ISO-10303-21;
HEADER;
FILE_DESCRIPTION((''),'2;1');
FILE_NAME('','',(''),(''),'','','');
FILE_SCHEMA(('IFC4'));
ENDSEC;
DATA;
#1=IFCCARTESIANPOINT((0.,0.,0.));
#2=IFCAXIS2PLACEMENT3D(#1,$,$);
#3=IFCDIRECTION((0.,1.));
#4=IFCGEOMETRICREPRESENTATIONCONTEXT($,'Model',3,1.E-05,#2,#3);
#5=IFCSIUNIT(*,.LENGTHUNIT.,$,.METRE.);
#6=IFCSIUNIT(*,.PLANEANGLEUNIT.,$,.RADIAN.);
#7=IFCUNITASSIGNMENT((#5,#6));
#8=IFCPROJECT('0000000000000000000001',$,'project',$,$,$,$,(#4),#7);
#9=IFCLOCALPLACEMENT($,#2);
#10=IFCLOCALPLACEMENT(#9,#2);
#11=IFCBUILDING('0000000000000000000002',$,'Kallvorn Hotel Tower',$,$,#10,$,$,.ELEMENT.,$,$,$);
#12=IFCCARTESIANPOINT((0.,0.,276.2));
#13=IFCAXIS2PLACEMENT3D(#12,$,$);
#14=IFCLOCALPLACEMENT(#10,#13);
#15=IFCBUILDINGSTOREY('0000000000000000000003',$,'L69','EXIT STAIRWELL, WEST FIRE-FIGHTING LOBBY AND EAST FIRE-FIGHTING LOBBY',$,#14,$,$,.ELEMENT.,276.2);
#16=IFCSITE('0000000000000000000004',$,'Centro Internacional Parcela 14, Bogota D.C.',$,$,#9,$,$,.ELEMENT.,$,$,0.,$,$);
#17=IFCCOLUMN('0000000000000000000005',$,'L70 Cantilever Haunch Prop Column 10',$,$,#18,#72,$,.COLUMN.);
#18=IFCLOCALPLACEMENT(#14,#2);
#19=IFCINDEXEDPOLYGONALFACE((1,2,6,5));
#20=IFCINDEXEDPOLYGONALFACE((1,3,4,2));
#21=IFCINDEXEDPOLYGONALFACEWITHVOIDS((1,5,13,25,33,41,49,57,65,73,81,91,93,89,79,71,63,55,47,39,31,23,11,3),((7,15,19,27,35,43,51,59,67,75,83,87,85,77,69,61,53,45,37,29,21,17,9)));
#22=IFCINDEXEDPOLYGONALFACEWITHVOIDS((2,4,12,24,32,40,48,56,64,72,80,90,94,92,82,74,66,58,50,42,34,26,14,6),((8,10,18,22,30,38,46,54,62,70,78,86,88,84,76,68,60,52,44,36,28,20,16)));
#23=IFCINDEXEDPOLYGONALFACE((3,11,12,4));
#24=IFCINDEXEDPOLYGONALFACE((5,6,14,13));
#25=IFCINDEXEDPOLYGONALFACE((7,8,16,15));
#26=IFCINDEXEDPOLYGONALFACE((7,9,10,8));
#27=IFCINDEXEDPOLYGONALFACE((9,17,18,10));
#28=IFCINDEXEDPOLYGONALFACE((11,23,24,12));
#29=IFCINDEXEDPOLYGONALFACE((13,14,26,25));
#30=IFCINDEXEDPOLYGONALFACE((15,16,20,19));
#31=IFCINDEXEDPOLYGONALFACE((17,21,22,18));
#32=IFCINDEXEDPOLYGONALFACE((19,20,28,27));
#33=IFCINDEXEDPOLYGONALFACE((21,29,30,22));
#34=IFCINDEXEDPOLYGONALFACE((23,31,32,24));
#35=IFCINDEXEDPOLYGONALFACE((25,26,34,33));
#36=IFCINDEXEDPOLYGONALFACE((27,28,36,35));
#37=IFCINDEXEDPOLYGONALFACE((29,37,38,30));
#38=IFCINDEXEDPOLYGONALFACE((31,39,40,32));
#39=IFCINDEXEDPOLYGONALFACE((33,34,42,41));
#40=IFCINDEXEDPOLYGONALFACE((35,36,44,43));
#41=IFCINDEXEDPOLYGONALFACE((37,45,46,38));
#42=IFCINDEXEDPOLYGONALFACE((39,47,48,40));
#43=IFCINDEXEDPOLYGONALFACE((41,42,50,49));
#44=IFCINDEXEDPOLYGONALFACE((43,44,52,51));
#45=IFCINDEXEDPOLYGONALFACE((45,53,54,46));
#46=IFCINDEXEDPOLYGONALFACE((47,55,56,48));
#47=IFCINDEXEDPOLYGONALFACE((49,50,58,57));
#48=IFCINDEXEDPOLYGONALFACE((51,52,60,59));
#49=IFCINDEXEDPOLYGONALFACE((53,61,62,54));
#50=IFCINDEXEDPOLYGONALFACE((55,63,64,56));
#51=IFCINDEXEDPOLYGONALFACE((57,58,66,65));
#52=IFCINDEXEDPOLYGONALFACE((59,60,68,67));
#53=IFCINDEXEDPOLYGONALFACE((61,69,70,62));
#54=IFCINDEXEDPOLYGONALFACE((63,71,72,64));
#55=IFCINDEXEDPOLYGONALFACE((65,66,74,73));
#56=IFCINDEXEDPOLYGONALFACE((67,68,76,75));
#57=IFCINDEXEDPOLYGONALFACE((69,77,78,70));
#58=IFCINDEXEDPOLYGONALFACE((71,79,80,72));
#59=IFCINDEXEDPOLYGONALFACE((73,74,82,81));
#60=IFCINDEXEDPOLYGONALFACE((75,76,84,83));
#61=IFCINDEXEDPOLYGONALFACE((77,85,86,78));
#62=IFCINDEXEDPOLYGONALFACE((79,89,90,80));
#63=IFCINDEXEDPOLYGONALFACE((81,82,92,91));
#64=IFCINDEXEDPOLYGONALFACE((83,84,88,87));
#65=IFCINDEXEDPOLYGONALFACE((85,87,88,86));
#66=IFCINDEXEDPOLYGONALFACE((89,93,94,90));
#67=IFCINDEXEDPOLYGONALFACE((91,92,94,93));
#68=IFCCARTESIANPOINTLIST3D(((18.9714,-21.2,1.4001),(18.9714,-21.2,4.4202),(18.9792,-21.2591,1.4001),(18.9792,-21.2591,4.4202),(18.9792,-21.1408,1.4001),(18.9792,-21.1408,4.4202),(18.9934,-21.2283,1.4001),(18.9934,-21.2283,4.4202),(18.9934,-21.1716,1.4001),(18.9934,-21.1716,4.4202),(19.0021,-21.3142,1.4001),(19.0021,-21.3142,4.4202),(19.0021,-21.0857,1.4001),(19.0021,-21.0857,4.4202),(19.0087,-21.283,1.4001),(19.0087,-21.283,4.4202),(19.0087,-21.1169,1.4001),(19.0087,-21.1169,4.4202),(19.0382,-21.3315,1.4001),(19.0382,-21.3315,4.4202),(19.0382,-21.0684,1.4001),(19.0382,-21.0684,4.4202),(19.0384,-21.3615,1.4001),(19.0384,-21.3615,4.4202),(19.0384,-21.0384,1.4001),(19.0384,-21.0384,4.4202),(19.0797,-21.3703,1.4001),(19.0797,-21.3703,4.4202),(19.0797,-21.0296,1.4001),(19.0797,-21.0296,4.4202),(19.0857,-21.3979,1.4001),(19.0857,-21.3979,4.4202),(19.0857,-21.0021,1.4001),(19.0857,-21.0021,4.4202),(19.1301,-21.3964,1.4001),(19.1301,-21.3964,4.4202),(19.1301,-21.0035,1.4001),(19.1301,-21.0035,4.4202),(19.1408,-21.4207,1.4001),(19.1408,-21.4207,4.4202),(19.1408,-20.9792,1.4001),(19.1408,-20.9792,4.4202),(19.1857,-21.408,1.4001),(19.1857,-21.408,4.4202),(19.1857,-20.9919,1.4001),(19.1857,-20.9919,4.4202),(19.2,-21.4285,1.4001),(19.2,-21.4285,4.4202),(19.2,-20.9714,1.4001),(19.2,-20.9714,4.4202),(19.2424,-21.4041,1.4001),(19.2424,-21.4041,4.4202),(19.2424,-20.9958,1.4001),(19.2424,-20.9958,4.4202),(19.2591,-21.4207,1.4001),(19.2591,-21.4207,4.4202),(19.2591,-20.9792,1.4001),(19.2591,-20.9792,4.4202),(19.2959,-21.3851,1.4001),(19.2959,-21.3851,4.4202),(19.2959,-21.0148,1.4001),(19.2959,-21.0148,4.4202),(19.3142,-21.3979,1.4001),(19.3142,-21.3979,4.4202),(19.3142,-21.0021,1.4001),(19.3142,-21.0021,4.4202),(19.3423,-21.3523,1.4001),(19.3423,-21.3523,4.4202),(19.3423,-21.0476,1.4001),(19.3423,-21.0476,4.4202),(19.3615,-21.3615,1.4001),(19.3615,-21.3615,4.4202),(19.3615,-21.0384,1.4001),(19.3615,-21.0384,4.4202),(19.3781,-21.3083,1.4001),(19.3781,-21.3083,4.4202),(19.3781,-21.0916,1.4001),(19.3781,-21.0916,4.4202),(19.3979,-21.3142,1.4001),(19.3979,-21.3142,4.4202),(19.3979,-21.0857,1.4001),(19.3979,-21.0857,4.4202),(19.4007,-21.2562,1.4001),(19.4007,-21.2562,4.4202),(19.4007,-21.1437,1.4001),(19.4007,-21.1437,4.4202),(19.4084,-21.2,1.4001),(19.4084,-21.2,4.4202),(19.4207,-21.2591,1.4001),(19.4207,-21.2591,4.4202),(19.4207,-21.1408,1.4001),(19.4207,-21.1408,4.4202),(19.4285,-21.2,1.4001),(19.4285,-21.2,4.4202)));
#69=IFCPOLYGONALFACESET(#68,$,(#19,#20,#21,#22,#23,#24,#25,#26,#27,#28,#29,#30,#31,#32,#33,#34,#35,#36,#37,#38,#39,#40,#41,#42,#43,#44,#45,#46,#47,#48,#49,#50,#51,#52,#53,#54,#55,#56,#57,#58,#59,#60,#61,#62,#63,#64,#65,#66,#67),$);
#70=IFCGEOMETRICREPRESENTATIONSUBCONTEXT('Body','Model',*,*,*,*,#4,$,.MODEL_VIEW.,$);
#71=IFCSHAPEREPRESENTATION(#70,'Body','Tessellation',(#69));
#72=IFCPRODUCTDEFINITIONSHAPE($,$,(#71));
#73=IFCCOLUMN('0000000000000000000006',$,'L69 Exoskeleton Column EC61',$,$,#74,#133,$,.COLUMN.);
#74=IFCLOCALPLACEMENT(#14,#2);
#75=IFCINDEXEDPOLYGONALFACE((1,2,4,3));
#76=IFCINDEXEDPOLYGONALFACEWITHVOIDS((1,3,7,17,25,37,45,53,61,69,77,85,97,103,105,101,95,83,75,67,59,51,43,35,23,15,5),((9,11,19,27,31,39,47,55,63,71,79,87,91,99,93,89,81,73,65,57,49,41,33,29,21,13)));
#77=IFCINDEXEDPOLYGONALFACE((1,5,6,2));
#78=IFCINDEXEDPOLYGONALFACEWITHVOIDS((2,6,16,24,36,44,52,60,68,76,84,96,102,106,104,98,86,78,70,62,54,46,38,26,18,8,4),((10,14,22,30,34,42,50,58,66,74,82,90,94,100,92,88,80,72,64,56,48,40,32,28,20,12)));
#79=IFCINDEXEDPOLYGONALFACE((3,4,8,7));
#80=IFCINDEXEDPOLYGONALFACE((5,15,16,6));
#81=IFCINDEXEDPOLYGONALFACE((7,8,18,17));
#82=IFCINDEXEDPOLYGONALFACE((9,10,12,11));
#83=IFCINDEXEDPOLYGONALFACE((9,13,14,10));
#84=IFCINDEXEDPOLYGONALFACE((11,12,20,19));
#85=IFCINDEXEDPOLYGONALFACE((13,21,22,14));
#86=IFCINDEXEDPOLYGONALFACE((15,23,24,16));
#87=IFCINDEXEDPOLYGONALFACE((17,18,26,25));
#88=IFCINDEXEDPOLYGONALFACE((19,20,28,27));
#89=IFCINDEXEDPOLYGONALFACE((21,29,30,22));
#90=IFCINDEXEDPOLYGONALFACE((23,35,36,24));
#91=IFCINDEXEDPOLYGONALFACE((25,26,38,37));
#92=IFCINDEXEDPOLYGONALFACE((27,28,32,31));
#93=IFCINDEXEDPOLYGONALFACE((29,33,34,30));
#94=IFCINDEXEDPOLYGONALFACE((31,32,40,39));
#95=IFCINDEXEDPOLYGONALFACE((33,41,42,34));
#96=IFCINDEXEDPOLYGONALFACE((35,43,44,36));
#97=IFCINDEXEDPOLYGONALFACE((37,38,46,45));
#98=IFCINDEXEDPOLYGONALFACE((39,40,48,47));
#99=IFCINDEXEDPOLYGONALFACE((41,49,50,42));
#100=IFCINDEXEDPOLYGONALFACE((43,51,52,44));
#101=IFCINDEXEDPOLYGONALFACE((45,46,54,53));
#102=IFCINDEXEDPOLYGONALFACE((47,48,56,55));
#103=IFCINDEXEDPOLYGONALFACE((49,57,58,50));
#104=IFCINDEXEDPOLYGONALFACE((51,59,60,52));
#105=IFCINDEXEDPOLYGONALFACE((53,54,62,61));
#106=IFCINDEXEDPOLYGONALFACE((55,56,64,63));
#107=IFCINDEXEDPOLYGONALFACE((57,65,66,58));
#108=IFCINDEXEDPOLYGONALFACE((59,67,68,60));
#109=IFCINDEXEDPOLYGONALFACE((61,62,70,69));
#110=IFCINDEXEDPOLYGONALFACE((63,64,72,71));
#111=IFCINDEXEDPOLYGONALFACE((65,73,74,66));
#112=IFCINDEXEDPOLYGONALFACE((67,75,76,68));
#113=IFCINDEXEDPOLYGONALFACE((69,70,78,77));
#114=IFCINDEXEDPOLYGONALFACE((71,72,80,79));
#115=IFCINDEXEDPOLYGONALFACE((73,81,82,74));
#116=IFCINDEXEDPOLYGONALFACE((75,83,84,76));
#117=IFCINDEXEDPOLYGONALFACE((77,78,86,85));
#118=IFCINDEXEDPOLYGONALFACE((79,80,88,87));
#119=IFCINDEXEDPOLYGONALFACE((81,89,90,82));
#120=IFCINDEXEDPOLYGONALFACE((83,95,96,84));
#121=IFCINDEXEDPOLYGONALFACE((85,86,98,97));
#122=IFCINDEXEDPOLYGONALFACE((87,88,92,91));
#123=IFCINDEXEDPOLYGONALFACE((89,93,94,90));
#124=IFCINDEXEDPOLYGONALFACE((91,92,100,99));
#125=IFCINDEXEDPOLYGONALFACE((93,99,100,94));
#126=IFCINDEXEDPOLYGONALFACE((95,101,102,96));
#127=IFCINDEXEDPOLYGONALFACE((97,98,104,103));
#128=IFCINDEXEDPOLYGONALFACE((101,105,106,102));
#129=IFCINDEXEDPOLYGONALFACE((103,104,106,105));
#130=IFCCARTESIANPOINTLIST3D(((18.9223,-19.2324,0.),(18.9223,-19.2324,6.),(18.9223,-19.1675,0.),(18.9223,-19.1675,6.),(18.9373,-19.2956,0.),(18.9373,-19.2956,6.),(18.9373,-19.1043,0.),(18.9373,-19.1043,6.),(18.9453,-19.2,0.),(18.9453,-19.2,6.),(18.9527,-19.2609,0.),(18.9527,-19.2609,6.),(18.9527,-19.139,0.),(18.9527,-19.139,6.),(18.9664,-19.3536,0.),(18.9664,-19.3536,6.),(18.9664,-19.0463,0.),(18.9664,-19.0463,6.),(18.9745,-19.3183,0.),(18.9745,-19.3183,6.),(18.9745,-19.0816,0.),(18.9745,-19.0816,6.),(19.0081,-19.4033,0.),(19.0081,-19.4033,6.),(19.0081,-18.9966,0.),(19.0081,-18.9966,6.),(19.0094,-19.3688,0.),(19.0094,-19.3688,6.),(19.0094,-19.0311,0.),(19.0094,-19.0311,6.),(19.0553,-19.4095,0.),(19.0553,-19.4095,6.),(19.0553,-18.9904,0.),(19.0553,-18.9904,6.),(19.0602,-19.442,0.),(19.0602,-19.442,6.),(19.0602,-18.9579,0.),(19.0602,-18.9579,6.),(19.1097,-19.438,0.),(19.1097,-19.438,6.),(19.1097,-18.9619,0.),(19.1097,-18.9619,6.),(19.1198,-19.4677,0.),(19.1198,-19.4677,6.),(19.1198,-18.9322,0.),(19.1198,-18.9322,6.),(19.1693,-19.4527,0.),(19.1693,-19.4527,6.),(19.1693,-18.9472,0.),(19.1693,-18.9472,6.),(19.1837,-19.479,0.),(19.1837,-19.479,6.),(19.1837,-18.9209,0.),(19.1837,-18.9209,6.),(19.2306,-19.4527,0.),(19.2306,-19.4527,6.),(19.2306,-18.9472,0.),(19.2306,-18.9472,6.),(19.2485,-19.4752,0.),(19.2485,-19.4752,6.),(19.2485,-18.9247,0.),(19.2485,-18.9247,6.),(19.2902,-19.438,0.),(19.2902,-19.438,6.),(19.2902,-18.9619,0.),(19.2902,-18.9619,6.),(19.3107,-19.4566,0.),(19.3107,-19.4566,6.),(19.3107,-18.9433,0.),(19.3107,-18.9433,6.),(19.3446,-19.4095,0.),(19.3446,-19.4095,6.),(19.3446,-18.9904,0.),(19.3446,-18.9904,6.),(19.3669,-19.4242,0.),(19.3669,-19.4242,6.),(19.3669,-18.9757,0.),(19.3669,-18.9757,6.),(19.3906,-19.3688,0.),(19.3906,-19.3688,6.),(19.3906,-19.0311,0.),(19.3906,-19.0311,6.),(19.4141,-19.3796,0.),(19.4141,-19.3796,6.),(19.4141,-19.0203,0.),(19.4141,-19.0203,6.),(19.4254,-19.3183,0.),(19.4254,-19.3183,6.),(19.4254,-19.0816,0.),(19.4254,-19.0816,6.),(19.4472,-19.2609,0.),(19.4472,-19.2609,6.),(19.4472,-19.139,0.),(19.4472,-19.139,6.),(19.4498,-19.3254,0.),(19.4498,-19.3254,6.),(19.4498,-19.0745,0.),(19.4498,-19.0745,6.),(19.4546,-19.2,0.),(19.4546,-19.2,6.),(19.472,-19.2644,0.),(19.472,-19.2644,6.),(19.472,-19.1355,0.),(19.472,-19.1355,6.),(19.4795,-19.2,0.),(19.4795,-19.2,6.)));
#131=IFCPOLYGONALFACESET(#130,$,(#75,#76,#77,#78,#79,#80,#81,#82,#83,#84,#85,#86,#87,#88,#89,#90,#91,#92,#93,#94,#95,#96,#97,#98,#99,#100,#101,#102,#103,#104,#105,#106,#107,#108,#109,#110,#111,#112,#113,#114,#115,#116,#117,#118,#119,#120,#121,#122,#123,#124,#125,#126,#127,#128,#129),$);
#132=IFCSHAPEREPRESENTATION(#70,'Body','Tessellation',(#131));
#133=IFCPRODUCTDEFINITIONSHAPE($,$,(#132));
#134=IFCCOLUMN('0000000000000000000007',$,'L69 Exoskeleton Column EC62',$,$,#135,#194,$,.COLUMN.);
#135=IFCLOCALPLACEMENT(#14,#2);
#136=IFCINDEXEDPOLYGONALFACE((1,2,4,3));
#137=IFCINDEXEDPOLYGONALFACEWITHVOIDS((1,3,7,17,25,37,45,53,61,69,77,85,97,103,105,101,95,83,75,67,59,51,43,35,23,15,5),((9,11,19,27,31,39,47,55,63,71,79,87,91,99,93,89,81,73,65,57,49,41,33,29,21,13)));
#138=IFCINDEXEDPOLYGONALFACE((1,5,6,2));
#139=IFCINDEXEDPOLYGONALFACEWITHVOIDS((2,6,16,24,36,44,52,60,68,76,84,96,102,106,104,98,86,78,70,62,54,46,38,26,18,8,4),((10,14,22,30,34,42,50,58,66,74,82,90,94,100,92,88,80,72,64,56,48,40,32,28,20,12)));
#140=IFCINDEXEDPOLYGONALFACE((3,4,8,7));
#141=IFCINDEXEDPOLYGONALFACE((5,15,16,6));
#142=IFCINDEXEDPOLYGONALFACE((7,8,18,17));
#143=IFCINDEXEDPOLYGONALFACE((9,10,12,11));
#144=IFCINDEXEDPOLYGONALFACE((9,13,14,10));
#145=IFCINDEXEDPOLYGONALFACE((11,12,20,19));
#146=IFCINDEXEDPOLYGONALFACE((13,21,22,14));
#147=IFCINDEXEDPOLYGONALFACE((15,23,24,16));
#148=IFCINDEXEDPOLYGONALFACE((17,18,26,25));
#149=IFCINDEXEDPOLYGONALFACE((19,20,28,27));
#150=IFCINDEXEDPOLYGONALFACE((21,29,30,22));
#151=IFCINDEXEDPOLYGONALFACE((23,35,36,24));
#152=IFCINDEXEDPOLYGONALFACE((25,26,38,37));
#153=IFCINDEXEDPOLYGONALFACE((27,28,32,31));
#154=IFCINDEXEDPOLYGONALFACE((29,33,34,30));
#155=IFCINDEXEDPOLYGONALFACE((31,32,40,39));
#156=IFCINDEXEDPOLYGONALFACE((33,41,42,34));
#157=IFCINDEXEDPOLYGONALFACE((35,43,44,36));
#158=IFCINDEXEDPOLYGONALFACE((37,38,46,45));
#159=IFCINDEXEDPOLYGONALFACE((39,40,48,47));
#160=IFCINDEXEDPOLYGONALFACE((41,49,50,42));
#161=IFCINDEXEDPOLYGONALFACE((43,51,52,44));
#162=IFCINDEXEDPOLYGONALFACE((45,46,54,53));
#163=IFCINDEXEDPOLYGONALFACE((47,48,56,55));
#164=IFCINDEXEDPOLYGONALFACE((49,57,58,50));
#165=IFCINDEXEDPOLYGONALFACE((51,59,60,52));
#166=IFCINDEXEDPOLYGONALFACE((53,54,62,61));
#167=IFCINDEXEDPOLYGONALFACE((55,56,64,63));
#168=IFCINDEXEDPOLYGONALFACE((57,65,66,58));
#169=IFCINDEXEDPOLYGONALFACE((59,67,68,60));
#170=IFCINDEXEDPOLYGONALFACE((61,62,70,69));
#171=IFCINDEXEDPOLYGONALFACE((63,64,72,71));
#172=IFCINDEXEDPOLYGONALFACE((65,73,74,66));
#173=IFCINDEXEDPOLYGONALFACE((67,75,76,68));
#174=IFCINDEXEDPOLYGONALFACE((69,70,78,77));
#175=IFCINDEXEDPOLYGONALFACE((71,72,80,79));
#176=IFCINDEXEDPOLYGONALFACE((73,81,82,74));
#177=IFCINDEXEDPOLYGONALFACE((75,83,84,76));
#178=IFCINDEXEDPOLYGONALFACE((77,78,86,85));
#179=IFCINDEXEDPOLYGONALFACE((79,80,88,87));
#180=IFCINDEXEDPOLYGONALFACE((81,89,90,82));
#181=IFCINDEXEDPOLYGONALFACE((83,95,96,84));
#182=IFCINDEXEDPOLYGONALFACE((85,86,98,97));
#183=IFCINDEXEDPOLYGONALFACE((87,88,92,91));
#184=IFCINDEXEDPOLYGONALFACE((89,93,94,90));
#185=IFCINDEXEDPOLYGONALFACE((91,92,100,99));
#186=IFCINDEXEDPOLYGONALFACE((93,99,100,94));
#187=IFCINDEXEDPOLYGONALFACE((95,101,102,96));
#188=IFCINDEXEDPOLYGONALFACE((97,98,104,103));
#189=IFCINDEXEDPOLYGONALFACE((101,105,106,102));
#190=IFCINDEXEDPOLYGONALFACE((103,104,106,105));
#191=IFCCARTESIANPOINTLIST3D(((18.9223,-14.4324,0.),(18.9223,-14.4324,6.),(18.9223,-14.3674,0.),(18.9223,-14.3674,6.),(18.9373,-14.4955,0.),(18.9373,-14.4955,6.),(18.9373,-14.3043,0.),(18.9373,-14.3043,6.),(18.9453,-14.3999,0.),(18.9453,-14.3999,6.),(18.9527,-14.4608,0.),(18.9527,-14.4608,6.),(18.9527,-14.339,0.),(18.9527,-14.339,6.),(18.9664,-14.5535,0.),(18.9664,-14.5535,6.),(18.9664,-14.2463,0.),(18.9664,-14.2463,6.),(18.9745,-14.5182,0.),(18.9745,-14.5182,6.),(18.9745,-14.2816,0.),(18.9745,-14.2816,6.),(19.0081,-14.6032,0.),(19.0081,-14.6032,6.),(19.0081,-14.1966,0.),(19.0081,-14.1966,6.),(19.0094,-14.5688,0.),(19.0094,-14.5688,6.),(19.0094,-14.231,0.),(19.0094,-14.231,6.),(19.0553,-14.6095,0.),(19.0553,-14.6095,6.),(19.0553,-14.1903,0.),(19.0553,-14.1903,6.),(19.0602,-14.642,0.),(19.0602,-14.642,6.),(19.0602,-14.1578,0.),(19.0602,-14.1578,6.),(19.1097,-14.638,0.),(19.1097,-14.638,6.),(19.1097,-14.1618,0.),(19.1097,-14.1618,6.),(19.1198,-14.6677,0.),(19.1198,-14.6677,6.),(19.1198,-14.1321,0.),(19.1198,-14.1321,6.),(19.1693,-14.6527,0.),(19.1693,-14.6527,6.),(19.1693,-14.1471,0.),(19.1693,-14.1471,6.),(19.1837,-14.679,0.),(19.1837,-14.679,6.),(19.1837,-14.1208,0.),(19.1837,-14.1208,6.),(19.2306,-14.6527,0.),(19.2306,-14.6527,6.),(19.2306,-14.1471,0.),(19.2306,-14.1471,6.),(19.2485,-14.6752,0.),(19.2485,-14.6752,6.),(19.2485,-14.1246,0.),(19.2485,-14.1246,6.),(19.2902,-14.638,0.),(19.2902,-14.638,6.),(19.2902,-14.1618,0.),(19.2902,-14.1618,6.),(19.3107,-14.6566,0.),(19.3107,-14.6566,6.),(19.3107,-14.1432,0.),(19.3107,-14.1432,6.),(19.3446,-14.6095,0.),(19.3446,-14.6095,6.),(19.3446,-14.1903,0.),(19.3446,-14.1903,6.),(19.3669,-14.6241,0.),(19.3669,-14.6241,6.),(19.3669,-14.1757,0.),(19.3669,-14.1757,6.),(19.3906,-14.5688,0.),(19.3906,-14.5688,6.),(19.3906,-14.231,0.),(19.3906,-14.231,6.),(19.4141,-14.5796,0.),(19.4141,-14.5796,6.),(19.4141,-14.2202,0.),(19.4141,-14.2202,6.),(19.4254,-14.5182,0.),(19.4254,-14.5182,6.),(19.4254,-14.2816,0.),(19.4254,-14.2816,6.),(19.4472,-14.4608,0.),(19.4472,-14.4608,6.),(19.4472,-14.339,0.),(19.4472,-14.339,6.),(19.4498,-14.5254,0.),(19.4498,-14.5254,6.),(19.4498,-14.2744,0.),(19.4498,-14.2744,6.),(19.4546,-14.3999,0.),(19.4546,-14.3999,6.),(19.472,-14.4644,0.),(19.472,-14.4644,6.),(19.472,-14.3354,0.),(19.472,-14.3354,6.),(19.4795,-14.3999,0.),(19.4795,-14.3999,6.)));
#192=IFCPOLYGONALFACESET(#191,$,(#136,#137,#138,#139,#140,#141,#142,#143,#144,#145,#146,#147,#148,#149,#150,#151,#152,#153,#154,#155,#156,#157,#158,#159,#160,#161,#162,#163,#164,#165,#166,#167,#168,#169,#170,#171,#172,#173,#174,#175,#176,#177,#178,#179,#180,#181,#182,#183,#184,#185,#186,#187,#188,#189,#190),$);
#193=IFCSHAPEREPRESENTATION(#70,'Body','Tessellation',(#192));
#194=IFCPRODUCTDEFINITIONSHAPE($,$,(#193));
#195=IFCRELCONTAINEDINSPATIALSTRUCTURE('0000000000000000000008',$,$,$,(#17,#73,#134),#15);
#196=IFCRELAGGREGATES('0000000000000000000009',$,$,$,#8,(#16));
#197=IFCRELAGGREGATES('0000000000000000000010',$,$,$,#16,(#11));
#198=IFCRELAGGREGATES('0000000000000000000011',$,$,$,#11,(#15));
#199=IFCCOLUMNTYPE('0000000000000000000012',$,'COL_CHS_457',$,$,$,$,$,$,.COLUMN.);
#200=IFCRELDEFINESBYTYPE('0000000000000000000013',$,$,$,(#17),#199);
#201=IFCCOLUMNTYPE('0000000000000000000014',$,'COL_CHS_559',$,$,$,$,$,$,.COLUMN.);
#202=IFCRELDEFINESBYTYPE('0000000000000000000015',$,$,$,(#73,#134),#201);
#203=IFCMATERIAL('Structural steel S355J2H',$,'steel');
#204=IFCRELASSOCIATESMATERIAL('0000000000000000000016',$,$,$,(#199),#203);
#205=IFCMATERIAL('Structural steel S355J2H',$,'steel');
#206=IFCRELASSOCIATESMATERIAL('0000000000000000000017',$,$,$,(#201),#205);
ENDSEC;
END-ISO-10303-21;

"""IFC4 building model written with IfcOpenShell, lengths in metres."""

from ifc_helpers import new_model, si_unit, direction, frame, origin, origin_2d, place, context, subcontext, project, spatial, hollow_circle, extrude, material, material_profile, profile_set, type_object, element, save


model = new_model("IFC4")

# Units and contexts
model_context = context("Model", 3, precision=1e-05, world=origin(), true_north=direction((0.0, 1.0)))
body_context = subcontext(model_context, "Body", "Model", "MODEL_VIEW")
ifc_project = project(units=[si_unit("LENGTHUNIT", "METRE"), si_unit("PLANEANGLEUNIT", "RADIAN")], contexts=[model_context])

# Site, building, storey
site_placement = place(None, origin())
site = spatial("IfcSite", under=ifc_project, at=site_placement, Name="Centro Internacional Parcela 14, Bogota D.C.", CompositionType="ELEMENT", RefElevation=0.0)
building_placement = place(site_placement, origin())
building = spatial("IfcBuilding", under=site, at=building_placement, Name="Kallvorn Hotel Tower", CompositionType="ELEMENT")
storey_placement = place(building_placement, frame((0.0, 0.0, 276.2)))
storey = spatial("IfcBuildingStorey", under=building, at=storey_placement, Name="L69", Description="EXIT STAIRWELL, WEST FIRE-FIGHTING LOBBY AND EAST FIRE-FIGHTING LOBBY", CompositionType="ELEMENT", Elevation=276.2)

# Columns
ifc_material_1 = material(Name="Structural steel S355J2H", Category="steel")
ifc_material_profile_1 = material_profile(ifc_material_1, hollow_circle(Radius=0.2285, WallThickness=0.02, at=origin_2d()), Name="CHS 457x20")
ifc_profile_set_1 = profile_set([ifc_material_profile_1], Name="Structural steel S355J2H")
column_type_1 = type_object("IfcColumnType", Name="COL_CHS_457", PredefinedType="COLUMN", material=ifc_profile_set_1)
column_1_placement = place(storey_placement, frame((19.2, -21.2, 1.4001), z_axis=(0.0, 0.0, 1.0), x_axis=(1.0, 0.0, 0.0)))
element("IfcColumn", 1, at=column_1_placement, inside=storey, type_object=column_type_1, Name="L70 Cantilever Haunch Prop Column 10", PredefinedType="COLUMN", context=body_context, shape_type="SweptSolid", body=[
    extrude(hollow_circle(Radius=0.2285, WallThickness=0.02, at=origin_2d()), origin(), (0.0, 0.0, 1.0), 3.02),
])
ifc_material_2 = material(Name="Structural steel S355J2H", Category="steel")
ifc_material_profile_2 = material_profile(ifc_material_2, hollow_circle(Radius=0.2795, WallThickness=0.0249, at=origin_2d()), Name="CHS 559x25")
ifc_profile_set_2 = profile_set([ifc_material_profile_2], Name="Structural steel S355J2H")
column_type_2 = type_object("IfcColumnType", Name="COL_CHS_559", PredefinedType="COLUMN", material=ifc_profile_set_2)
for number, where, z_axis, x_axis, name in (
    (2, (19.2, -19.2, 0.0), (0.0, 0.0, 1.0), (1.0, 0.0, 0.0), "L69 Exoskeleton Column EC61"),
    (3, (19.2, -14.3999, 0.0), (0.0, 0.0, 1.0), (1.0, 0.0, 0.0), "L69 Exoskeleton Column EC62"),
):
    element("IfcColumn", number, at=place(storey_placement, frame(where, z_axis=z_axis, x_axis=x_axis)), inside=storey, type_object=column_type_2, Name=name, PredefinedType="COLUMN", context=body_context, shape_type="SweptSolid", body=[
        extrude(hollow_circle(Radius=0.2795, WallThickness=0.0249, at=origin_2d()), origin(), (0.0, 0.0, 1.0), 6.0),
    ])

save(model, "model.ifc")
